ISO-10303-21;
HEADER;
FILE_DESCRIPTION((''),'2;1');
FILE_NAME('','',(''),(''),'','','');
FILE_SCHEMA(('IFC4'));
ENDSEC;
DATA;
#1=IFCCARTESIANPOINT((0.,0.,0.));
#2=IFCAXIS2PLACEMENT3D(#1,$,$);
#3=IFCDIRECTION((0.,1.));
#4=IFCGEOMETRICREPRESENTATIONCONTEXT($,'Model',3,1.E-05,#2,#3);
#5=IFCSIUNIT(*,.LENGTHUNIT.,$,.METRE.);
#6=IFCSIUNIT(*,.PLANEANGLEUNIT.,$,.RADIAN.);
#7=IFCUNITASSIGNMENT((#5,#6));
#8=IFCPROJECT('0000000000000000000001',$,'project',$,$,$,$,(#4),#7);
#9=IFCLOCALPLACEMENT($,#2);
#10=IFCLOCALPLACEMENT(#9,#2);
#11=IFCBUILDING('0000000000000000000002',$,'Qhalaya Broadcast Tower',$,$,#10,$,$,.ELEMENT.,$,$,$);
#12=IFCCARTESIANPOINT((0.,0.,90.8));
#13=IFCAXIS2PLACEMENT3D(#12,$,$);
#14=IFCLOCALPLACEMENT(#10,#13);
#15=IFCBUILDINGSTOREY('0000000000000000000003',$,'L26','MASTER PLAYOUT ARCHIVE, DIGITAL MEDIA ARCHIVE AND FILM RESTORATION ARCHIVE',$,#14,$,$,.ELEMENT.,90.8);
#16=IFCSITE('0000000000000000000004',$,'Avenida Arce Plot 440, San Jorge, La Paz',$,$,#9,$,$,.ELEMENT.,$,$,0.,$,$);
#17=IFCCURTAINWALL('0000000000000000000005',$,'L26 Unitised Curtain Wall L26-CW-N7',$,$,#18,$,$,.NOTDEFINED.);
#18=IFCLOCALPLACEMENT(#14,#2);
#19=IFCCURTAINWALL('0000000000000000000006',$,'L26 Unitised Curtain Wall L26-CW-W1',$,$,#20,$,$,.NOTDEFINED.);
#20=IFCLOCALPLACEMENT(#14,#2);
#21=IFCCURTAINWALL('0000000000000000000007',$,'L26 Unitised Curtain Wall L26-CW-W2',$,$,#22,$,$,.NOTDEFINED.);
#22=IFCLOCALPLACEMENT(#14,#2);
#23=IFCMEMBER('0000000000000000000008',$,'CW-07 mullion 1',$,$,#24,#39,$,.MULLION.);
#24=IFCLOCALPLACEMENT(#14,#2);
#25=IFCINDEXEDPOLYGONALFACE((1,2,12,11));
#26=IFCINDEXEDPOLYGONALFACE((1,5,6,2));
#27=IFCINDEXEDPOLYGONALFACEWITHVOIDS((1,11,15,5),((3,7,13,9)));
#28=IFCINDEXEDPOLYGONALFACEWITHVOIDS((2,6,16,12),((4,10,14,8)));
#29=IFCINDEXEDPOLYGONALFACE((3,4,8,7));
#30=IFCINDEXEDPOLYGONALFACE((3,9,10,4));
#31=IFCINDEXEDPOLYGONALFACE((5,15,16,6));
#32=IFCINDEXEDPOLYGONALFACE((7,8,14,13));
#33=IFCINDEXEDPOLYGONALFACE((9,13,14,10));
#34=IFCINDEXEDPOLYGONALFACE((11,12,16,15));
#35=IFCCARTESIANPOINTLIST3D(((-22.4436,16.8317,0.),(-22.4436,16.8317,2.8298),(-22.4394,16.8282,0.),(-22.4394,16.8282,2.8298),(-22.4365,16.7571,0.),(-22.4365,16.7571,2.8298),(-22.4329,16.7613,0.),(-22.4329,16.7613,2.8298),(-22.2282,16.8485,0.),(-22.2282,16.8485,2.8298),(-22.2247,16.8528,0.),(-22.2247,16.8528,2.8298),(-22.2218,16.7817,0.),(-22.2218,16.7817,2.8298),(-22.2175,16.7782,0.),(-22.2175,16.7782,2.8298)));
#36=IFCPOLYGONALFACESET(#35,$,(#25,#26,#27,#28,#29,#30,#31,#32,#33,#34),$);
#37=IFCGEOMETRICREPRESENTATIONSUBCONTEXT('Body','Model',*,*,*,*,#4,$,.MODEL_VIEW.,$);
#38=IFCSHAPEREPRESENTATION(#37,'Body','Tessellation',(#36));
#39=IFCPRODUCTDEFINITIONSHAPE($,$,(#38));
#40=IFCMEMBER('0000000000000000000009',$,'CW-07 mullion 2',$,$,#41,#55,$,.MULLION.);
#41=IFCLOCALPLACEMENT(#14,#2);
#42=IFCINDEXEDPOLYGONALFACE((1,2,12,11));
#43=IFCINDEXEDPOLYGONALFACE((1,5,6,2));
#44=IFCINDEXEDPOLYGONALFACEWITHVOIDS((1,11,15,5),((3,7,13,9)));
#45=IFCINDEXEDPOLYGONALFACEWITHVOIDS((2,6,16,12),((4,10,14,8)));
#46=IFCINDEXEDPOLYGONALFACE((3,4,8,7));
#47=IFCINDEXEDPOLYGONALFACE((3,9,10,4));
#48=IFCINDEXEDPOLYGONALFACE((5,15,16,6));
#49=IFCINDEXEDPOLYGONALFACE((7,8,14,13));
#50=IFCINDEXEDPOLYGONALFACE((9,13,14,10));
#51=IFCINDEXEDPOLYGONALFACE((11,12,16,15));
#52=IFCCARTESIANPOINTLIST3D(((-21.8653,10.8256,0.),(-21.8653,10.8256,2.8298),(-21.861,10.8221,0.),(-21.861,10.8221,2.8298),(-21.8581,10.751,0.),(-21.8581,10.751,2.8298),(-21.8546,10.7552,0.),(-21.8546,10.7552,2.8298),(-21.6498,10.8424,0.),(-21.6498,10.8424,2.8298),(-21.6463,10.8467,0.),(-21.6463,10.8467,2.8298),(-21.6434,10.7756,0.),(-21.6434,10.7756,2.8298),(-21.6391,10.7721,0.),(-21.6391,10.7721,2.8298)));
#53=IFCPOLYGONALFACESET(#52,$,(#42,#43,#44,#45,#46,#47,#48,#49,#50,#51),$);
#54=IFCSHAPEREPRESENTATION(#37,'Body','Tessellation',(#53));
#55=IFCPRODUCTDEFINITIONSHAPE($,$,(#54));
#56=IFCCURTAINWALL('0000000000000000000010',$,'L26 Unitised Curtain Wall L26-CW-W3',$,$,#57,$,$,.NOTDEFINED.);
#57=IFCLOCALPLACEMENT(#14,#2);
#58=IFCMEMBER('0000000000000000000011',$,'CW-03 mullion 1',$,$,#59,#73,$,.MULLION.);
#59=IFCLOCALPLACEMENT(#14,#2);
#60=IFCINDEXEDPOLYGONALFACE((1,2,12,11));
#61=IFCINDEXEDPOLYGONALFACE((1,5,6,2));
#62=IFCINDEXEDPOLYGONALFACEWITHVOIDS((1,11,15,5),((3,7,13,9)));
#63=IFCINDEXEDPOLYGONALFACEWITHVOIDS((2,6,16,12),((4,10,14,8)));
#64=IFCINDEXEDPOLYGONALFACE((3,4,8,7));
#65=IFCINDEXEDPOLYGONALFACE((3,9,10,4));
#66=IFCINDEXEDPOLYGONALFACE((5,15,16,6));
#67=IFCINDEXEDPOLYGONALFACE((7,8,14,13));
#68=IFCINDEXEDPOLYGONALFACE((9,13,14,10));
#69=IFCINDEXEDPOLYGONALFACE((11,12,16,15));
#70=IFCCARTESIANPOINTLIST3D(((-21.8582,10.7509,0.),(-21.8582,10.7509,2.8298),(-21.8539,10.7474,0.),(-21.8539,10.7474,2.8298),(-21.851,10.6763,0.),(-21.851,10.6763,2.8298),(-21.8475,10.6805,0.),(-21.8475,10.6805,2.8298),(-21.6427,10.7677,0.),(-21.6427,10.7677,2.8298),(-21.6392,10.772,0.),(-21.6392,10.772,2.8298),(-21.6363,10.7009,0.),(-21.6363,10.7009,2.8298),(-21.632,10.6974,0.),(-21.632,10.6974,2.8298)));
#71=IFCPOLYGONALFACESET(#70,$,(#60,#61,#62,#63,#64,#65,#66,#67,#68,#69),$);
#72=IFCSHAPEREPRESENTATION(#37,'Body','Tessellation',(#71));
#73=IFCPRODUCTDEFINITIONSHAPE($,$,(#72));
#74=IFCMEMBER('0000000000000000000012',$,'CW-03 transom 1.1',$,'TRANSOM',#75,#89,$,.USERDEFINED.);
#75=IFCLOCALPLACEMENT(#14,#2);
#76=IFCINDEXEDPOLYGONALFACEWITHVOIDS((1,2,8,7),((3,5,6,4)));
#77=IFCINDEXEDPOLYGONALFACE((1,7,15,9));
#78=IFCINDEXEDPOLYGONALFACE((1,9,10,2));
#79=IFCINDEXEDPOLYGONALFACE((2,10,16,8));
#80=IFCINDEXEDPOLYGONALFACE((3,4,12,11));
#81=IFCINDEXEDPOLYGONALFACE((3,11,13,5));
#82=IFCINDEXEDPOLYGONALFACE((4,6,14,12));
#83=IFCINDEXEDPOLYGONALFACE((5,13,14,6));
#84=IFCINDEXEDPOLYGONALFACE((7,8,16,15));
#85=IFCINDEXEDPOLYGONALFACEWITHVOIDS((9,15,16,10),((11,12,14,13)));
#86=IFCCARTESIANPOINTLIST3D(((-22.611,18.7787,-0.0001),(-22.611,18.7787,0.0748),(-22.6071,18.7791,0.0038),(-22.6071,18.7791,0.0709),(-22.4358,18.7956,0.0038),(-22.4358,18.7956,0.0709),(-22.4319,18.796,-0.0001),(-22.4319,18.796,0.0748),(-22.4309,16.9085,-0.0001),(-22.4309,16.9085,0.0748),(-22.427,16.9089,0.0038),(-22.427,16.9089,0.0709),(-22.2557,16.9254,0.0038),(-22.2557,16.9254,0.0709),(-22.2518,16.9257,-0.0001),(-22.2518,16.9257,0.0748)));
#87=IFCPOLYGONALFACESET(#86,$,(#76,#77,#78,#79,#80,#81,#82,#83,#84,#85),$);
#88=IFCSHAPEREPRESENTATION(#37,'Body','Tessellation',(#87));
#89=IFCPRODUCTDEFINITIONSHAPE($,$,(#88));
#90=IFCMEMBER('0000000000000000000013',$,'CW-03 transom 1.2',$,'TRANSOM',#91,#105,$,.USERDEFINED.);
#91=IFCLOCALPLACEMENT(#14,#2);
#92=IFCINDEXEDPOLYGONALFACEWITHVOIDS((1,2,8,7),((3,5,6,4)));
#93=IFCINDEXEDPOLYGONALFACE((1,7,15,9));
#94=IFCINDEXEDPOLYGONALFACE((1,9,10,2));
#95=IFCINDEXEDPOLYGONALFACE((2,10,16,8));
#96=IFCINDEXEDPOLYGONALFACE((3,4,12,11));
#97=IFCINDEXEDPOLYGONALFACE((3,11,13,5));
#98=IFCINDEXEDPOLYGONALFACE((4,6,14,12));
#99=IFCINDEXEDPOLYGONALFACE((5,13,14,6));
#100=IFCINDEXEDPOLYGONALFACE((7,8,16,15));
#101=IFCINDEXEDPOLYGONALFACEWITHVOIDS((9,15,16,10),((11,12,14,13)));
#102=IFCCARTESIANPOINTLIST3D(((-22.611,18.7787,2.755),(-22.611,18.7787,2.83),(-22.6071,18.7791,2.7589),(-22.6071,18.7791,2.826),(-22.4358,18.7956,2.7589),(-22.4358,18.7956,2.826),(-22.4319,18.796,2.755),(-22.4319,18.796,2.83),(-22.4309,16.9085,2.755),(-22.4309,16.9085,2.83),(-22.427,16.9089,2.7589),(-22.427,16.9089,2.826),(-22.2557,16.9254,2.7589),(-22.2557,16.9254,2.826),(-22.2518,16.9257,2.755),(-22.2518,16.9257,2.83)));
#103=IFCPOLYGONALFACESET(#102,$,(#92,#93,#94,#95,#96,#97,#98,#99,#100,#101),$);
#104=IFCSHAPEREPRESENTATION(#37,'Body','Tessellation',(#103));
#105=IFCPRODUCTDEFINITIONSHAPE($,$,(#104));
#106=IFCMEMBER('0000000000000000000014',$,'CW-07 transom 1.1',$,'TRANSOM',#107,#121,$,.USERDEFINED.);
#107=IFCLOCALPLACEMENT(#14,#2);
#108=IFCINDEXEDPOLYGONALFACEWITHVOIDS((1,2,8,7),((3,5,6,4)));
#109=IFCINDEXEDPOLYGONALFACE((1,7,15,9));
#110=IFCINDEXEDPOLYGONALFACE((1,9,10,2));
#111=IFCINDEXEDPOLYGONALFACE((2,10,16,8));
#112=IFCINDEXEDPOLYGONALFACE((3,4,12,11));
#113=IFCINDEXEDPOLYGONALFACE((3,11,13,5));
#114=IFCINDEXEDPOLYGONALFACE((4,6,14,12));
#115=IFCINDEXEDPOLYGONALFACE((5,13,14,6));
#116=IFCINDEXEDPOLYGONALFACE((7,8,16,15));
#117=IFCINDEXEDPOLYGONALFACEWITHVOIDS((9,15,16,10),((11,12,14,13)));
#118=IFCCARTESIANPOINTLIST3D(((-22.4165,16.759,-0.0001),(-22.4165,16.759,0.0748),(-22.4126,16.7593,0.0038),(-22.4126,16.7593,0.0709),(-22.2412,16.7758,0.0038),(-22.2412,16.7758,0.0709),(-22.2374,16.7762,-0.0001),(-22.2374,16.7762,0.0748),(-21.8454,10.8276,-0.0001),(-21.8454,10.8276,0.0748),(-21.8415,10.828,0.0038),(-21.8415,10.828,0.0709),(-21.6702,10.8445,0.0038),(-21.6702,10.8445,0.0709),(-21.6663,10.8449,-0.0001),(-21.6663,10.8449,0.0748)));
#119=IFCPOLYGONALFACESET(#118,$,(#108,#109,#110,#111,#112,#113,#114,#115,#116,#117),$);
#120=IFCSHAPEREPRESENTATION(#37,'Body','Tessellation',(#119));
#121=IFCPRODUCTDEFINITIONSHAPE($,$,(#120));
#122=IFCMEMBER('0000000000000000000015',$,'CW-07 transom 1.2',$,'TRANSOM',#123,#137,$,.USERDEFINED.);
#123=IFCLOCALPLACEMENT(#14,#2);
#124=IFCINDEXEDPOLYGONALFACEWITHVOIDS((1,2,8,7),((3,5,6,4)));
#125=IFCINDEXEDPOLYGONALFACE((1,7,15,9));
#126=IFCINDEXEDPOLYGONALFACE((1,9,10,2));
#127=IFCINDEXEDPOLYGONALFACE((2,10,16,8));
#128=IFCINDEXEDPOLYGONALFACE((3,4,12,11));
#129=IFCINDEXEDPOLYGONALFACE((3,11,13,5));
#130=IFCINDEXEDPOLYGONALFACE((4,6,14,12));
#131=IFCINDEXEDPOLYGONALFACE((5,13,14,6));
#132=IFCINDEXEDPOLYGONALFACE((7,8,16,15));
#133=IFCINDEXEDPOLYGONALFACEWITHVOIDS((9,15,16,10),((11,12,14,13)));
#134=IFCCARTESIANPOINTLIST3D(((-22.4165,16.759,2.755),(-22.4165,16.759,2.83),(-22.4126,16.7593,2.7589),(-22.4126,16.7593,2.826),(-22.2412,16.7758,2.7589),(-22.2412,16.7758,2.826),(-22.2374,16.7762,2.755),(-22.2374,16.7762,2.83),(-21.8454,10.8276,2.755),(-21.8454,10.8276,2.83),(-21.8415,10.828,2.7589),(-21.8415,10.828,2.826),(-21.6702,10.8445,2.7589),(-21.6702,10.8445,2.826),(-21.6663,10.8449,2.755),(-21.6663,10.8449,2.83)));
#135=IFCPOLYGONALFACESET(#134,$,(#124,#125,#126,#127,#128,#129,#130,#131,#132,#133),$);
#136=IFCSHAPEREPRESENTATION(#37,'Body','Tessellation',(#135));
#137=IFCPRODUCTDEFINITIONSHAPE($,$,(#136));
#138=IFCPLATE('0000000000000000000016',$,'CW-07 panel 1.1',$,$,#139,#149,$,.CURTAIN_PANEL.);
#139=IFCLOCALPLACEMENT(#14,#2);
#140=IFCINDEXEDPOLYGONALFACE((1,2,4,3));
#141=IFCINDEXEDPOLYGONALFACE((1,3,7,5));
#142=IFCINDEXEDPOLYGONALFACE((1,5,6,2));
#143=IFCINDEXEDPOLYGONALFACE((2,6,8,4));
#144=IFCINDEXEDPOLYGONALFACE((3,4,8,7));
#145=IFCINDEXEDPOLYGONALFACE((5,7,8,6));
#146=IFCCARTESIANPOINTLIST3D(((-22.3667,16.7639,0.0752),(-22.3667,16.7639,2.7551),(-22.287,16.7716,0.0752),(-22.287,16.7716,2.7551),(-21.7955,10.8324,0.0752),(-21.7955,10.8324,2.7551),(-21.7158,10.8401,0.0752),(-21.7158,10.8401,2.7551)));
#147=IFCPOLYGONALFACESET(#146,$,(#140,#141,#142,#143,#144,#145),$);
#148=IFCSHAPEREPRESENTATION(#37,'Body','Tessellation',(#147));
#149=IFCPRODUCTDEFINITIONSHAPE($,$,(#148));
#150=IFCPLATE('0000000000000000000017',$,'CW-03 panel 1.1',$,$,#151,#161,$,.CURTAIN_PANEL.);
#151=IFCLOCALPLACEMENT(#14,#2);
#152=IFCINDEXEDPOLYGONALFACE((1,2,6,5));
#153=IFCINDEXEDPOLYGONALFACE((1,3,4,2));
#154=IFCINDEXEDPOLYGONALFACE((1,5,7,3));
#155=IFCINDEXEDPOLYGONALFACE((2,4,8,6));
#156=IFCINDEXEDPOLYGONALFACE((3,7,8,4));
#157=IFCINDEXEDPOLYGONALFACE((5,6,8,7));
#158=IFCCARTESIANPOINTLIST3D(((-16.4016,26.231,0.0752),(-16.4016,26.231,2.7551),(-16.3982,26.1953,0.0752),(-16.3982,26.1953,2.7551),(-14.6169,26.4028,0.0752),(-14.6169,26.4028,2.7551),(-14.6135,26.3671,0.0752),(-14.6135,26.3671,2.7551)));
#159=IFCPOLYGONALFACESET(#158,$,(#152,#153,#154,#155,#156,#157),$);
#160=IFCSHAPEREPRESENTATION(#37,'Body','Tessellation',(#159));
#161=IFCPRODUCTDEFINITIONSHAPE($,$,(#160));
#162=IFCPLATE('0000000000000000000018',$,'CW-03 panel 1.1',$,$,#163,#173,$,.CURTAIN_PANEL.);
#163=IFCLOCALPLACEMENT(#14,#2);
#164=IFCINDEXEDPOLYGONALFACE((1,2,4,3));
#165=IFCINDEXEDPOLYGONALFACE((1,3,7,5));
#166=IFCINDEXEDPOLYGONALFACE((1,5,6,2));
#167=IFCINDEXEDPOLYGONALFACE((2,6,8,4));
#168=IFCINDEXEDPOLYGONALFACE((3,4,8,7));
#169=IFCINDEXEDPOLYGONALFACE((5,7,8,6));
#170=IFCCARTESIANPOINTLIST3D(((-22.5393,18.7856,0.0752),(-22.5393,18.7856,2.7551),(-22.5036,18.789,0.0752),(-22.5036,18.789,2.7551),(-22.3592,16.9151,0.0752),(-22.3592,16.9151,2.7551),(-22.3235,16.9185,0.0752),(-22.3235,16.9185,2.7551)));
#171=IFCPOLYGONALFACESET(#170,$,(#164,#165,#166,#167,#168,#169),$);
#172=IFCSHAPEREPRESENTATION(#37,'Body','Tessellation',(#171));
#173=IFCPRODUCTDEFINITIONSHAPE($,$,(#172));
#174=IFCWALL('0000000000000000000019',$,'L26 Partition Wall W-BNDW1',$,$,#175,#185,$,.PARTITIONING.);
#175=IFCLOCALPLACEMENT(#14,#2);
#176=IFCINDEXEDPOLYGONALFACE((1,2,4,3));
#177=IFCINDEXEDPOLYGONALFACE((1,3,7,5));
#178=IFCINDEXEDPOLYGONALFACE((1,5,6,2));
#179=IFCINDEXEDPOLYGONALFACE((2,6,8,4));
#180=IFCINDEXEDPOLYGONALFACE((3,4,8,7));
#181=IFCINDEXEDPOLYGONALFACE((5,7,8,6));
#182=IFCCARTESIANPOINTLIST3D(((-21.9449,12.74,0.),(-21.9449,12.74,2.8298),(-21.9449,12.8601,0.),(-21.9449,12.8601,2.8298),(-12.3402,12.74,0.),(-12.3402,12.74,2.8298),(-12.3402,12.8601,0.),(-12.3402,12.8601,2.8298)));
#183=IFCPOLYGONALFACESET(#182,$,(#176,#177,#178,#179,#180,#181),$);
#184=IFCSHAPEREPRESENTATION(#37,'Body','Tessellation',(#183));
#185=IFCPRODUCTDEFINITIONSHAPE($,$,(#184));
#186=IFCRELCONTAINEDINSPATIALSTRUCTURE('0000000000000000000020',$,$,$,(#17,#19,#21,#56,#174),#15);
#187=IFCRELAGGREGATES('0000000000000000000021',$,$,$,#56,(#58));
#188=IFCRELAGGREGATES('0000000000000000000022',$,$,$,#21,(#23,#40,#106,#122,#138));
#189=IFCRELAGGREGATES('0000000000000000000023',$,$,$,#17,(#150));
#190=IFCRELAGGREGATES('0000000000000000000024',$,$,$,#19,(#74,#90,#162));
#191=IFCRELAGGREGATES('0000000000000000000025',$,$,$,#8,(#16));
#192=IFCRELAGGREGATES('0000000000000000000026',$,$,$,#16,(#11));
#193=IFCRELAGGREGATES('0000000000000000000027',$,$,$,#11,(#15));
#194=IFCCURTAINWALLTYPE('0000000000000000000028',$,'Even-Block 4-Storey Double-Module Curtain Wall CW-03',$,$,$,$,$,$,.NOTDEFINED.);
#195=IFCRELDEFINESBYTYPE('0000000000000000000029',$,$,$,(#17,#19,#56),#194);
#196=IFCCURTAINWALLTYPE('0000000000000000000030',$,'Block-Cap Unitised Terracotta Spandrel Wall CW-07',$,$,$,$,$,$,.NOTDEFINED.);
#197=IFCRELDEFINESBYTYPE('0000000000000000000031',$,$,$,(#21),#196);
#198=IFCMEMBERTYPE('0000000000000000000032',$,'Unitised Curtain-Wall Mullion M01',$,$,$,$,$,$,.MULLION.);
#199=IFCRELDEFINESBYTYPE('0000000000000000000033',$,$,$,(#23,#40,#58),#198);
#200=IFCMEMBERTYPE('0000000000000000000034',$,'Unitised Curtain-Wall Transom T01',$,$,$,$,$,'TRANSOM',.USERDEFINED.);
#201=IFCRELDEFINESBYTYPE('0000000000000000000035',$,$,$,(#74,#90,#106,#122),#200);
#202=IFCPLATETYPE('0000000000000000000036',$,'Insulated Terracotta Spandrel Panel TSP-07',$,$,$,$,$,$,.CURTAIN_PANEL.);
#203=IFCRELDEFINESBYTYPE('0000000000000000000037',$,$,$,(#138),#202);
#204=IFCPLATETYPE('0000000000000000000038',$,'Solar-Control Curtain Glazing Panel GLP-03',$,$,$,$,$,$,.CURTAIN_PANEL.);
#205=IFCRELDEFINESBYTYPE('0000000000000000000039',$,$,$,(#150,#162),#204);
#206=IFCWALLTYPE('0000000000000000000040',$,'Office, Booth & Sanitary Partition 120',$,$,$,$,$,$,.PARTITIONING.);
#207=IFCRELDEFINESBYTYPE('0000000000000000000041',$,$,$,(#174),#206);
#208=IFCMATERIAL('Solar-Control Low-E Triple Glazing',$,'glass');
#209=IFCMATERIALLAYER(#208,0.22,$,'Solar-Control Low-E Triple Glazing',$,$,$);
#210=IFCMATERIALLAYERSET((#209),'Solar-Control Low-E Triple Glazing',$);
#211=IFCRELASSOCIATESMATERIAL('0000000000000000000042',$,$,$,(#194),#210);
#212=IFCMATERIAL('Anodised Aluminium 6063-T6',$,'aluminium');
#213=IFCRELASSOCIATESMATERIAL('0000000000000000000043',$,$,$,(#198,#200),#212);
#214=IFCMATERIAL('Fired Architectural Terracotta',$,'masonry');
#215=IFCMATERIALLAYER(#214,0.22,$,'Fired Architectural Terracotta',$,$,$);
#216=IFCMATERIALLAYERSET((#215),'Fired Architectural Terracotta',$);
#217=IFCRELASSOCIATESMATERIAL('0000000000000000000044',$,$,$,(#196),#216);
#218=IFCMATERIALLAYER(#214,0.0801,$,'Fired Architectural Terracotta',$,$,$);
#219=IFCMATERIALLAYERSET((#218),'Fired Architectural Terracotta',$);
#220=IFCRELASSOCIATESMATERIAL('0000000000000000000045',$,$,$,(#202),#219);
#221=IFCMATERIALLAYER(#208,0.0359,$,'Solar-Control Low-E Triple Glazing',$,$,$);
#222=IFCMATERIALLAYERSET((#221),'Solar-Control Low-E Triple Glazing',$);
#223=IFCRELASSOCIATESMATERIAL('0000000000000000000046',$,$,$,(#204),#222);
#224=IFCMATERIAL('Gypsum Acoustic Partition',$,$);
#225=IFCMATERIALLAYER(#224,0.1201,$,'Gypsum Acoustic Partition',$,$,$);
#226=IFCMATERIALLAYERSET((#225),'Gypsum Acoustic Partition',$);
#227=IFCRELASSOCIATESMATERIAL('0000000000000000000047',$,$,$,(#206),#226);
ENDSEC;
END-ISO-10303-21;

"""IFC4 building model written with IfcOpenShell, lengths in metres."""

from ifc_helpers import new_model, si_unit, direction, frame, frame_2d, origin, origin_2d, place, context, subcontext, project, spatial, rectangle, hollow_rectangle, extrude, material, layer, layer_set, material_profile, profile_set, type_object, element, aggregate, save


model = new_model("IFC4")

# Units and contexts
model_context = context("Model", 3, precision=1e-05, world=origin(), true_north=direction((0.0, 1.0)))
body_context = subcontext(model_context, "Body", "Model", "MODEL_VIEW")
ifc_project = project(units=[si_unit("LENGTHUNIT", "METRE"), si_unit("PLANEANGLEUNIT", "RADIAN")], contexts=[model_context])

# Site, building, storey
site_placement = place(None, origin())
site = spatial("IfcSite", under=ifc_project, at=site_placement, Name="Avenida Arce Plot 440, San Jorge, La Paz", CompositionType="ELEMENT", RefElevation=0.0)
building_placement = place(site_placement, origin())
building = spatial("IfcBuilding", under=site, at=building_placement, Name="Qhalaya Broadcast Tower", CompositionType="ELEMENT")
storey_placement = place(building_placement, frame((0.0, 0.0, 90.8)))
storey = spatial("IfcBuildingStorey", under=building, at=storey_placement, Name="L26", Description="MASTER PLAYOUT ARCHIVE, DIGITAL MEDIA ARCHIVE AND FILM RESTORATION ARCHIVE", CompositionType="ELEMENT", Elevation=90.8)

# Curtain wall
ifc_material_1 = material(Name="Solar-Control Low-E Triple Glazing", Category="glass")
ifc_layer_1 = layer(ifc_material_1, 0.22, Name="Solar-Control Low-E Triple Glazing")
ifc_layer_set_1 = layer_set([ifc_layer_1], Name="Solar-Control Low-E Triple Glazing")
curtain_wall_type_1 = type_object("IfcCurtainWallType", Name="Even-Block 4-Storey Double-Module Curtain Wall CW-03", PredefinedType="NOTDEFINED", material=ifc_layer_set_1)
curtain_wall_1_placement = place(storey_placement, origin())
curtain_wall_1 = element("IfcCurtainWall", 1, at=curtain_wall_1_placement, inside=storey, type_object=curtain_wall_type_1, Name="L26 Unitised Curtain Wall L26-CW-N7", PredefinedType="NOTDEFINED")
ifc_material_2 = material(Name="Anodised Aluminium 6063-T6", Category="aluminium")
ifc_material_profile_1 = material_profile(ifc_material_2, hollow_rectangle(XDim=0.075, YDim=0.22, WallThickness=0.0039, at=origin_2d()), Name="ALU-MUL 75x220x4")
ifc_profile_set_1 = profile_set([ifc_material_profile_1], Name="Anodised Aluminium 6063-T6")
member_type_1 = type_object("IfcMemberType", Name="Unitised Curtain-Wall Mullion M01", PredefinedType="MULLION", material=ifc_profile_set_1)

# Curtain walls, members
curtain_wall_2_placement = place(storey_placement, origin())
curtain_wall_2 = element("IfcCurtainWall", 2, at=curtain_wall_2_placement, inside=storey, type_object=curtain_wall_type_1, Name="L26 Unitised Curtain Wall L26-CW-W1", PredefinedType="NOTDEFINED")
ifc_material_3 = material(Name="Fired Architectural Terracotta", Category="masonry")
ifc_layer_2 = layer(ifc_material_3, 0.22, Name="Fired Architectural Terracotta")
ifc_layer_set_2 = layer_set([ifc_layer_2], Name="Fired Architectural Terracotta")
curtain_wall_type_2 = type_object("IfcCurtainWallType", Name="Block-Cap Unitised Terracotta Spandrel Wall CW-07", PredefinedType="NOTDEFINED", material=ifc_layer_set_2)
curtain_wall_3_placement = place(storey_placement, origin())
curtain_wall_3 = element("IfcCurtainWall", 3, at=curtain_wall_3_placement, inside=storey, type_object=curtain_wall_type_2, Name="L26 Unitised Curtain Wall L26-CW-W2", PredefinedType="NOTDEFINED")
member_1_placement = place(storey_placement, frame((-22.3306, 16.8049, 0.0), z_axis=(0.0, 0.0, 1.0), x_axis=(0.095843, -0.995396, 0.0)))
member_1 = element("IfcMember", 4, at=member_1_placement, type_object=member_type_1, Name="CW-07 mullion 1", PredefinedType="MULLION", context=body_context, shape_type="SweptSolid", body=[
    extrude(hollow_rectangle(XDim=0.075, YDim=0.22, WallThickness=0.0039, at=origin_2d()), origin(), (0.0, 0.0, 1.0), 2.8298),
])
member_2_placement = place(storey_placement, frame((-21.7522, 10.7988, 0.0), z_axis=(0.0, 0.0, 1.0), x_axis=(0.095843, -0.995396, 0.0)))
member_2 = element("IfcMember", 5, at=member_2_placement, type_object=member_type_1, Name="CW-07 mullion 2", PredefinedType="MULLION", context=body_context, shape_type="SweptSolid", body=[
    extrude(hollow_rectangle(XDim=0.075, YDim=0.22, WallThickness=0.0039, at=origin_2d()), origin(), (0.0, 0.0, 1.0), 2.8298),
])

# Curtain wall, member
curtain_wall_4_placement = place(storey_placement, origin())
curtain_wall_4 = element("IfcCurtainWall", 6, at=curtain_wall_4_placement, inside=storey, type_object=curtain_wall_type_1, Name="L26 Unitised Curtain Wall L26-CW-W3", PredefinedType="NOTDEFINED")
member_3_placement = place(storey_placement, frame((-21.7451, 10.7241, 0.0), z_axis=(0.0, 0.0, 1.0), x_axis=(0.095852, -0.995396, 0.0)))
member_3 = element("IfcMember", 7, at=member_3_placement, type_object=member_type_1, Name="CW-03 mullion 1", PredefinedType="MULLION", context=body_context, shape_type="SweptSolid", body=[
    extrude(hollow_rectangle(XDim=0.075, YDim=0.22, WallThickness=0.0039, at=origin_2d()), origin(), (0.0, 0.0, 1.0), 2.8298),
])
aggregate(curtain_wall_4, [member_3])

# Members
ifc_material_profile_2 = material_profile(ifc_material_2, hollow_rectangle(XDim=0.075, YDim=0.1799, WallThickness=0.0039, at=origin_2d()), Name="ALU-TRN 75x180x4")
ifc_profile_set_2 = profile_set([ifc_material_profile_2], Name="Anodised Aluminium 6063-T6")
member_type_2 = type_object("IfcMemberType", Name="Unitised Curtain-Wall Transom T01", ElementType="TRANSOM", PredefinedType="USERDEFINED", material=ifc_profile_set_2)
member_4_placement = place(storey_placement, frame((-22.5215, 18.7874, 0.0374), z_axis=(0.095888, -0.995392, 0.0), x_axis=(0.0, 0.0, 1.0)))
member_4 = element("IfcMember", 8, at=member_4_placement, type_object=member_type_2, Name="CW-03 transom 1.1", ObjectType="TRANSOM", PredefinedType="USERDEFINED", context=body_context, shape_type="SweptSolid", body=[
    extrude(hollow_rectangle(XDim=0.075, YDim=0.1799, WallThickness=0.0039, at=origin_2d()), origin(), (0.0, 0.0, 1.0), 1.8789),
])
member_5_placement = place(storey_placement, frame((-22.5215, 18.7874, 2.7925), z_axis=(0.095888, -0.995392, 0.0), x_axis=(0.0, 0.0, 1.0)))
member_5 = element("IfcMember", 9, at=member_5_placement, type_object=member_type_2, Name="CW-03 transom 1.2", ObjectType="TRANSOM", PredefinedType="USERDEFINED", context=body_context, shape_type="SweptSolid", body=[
    extrude(hollow_rectangle(XDim=0.075, YDim=0.1799, WallThickness=0.0039, at=origin_2d()), origin(), (0.0, 0.0, 1.0), 1.8789),
])
member_6_placement = place(storey_placement, frame((-22.3269, 16.7676, 0.0374), z_axis=(0.095832, -0.995398, 0.0), x_axis=(0.0, 0.0, 1.0)))
member_6 = element("IfcMember", 10, at=member_6_placement, type_object=member_type_2, Name="CW-07 transom 1.1", ObjectType="TRANSOM", PredefinedType="USERDEFINED", context=body_context, shape_type="SweptSolid", body=[
    extrude(hollow_rectangle(XDim=0.075, YDim=0.1799, WallThickness=0.0039, at=origin_2d()), origin(), (0.0, 0.0, 1.0), 5.9587),
])
member_7_placement = place(storey_placement, frame((-22.3269, 16.7676, 2.7925), z_axis=(0.095832, -0.995398, 0.0), x_axis=(0.0, 0.0, 1.0)))
member_7 = element("IfcMember", 11, at=member_7_placement, type_object=member_type_2, Name="CW-07 transom 1.2", ObjectType="TRANSOM", PredefinedType="USERDEFINED", context=body_context, shape_type="SweptSolid", body=[
    extrude(hollow_rectangle(XDim=0.075, YDim=0.1799, WallThickness=0.0039, at=origin_2d()), origin(), (0.0, 0.0, 1.0), 5.9587),
])

# Plates
ifc_layer_3 = layer(ifc_material_3, 0.0801, Name="Fired Architectural Terracotta")
ifc_layer_set_3 = layer_set([ifc_layer_3], Name="Fired Architectural Terracotta")
plate_type_1 = type_object("IfcPlateType", Name="Insulated Terracotta Spandrel Panel TSP-07", PredefinedType="CURTAIN_PANEL", material=ifc_layer_set_3)
plate_1_placement = place(storey_placement, frame((-22.0413, 13.802, 0.0752), z_axis=(0.0, 0.0, 1.0), x_axis=(0.095843, -0.995396, 0.0)))
plate_1 = element("IfcPlate", 12, at=plate_1_placement, type_object=plate_type_1, Name="CW-07 panel 1.1", PredefinedType="CURTAIN_PANEL", context=body_context, shape_type="SweptSolid", body=[
    extrude(rectangle(XDim=5.959, YDim=0.0801, at=origin_2d()), origin(), (0.0, 0.0, 1.0), 2.6799),
])
aggregate(curtain_wall_3, [member_1, member_2, member_6, member_7, plate_1])
ifc_layer_4 = layer(ifc_material_1, 0.0359, Name="Solar-Control Low-E Triple Glazing")
ifc_layer_set_4 = layer_set([ifc_layer_4], Name="Solar-Control Low-E Triple Glazing")
plate_type_2 = type_object("IfcPlateType", Name="Solar-Control Curtain Glazing Panel GLP-03", PredefinedType="CURTAIN_PANEL", material=ifc_layer_set_4)
plate_2_placement = place(storey_placement, frame((-15.5076, 26.2991, 0.0752), z_axis=(0.0, 0.0, 1.0), x_axis=(-0.995398, -0.095829, 0.0)))
plate_2 = element("IfcPlate", 13, at=plate_2_placement, type_object=plate_type_2, Name="CW-03 panel 1.1", PredefinedType="CURTAIN_PANEL", context=body_context, shape_type="SweptSolid", body=[
    extrude(rectangle(XDim=1.793, YDim=0.0359, at=origin_2d()), origin(), (0.0, 0.0, 1.0), 2.6799),
])
aggregate(curtain_wall_1, [plate_2])
plate_3_placement = place(storey_placement, frame((-22.4314, 17.8521, 0.0752), z_axis=(0.0, 0.0, 1.0), x_axis=(0.095858, -0.995395, 0.0)))
plate_3 = element("IfcPlate", 14, at=plate_3_placement, type_object=plate_type_2, Name="CW-03 panel 1.1", PredefinedType="CURTAIN_PANEL", context=body_context, shape_type="SweptSolid", body=[
    extrude(rectangle(XDim=1.8792, YDim=0.0359, at=origin_2d()), origin(), (0.0, 0.0, 1.0), 2.6799),
])
aggregate(curtain_wall_2, [member_4, member_5, plate_3])

# Wall
ifc_material_4 = material(Name="Gypsum Acoustic Partition")
ifc_layer_5 = layer(ifc_material_4, 0.1201, Name="Gypsum Acoustic Partition")
ifc_layer_set_5 = layer_set([ifc_layer_5], Name="Gypsum Acoustic Partition")
wall_type = type_object("IfcWallType", Name="Office, Booth & Sanitary Partition 120", PredefinedType="PARTITIONING", material=ifc_layer_set_5)
wall_placement = place(storey_placement, frame((-21.9448, 12.8, 0.0), z_axis=(0.0, 0.0, 1.0), x_axis=(1.0, 0.0, 0.0)))
element("IfcWall", 15, at=wall_placement, inside=storey, type_object=wall_type, Name="L26 Partition Wall W-BNDW1", PredefinedType="PARTITIONING", context=body_context, shape_type="SweptSolid", body=[
    extrude(rectangle(XDim=9.6047, YDim=0.1201, at=frame_2d((4.8022, 0.0))), origin(), (0.0, 0.0, 1.0), 2.8298),
])

save(model, "model.ifc")
